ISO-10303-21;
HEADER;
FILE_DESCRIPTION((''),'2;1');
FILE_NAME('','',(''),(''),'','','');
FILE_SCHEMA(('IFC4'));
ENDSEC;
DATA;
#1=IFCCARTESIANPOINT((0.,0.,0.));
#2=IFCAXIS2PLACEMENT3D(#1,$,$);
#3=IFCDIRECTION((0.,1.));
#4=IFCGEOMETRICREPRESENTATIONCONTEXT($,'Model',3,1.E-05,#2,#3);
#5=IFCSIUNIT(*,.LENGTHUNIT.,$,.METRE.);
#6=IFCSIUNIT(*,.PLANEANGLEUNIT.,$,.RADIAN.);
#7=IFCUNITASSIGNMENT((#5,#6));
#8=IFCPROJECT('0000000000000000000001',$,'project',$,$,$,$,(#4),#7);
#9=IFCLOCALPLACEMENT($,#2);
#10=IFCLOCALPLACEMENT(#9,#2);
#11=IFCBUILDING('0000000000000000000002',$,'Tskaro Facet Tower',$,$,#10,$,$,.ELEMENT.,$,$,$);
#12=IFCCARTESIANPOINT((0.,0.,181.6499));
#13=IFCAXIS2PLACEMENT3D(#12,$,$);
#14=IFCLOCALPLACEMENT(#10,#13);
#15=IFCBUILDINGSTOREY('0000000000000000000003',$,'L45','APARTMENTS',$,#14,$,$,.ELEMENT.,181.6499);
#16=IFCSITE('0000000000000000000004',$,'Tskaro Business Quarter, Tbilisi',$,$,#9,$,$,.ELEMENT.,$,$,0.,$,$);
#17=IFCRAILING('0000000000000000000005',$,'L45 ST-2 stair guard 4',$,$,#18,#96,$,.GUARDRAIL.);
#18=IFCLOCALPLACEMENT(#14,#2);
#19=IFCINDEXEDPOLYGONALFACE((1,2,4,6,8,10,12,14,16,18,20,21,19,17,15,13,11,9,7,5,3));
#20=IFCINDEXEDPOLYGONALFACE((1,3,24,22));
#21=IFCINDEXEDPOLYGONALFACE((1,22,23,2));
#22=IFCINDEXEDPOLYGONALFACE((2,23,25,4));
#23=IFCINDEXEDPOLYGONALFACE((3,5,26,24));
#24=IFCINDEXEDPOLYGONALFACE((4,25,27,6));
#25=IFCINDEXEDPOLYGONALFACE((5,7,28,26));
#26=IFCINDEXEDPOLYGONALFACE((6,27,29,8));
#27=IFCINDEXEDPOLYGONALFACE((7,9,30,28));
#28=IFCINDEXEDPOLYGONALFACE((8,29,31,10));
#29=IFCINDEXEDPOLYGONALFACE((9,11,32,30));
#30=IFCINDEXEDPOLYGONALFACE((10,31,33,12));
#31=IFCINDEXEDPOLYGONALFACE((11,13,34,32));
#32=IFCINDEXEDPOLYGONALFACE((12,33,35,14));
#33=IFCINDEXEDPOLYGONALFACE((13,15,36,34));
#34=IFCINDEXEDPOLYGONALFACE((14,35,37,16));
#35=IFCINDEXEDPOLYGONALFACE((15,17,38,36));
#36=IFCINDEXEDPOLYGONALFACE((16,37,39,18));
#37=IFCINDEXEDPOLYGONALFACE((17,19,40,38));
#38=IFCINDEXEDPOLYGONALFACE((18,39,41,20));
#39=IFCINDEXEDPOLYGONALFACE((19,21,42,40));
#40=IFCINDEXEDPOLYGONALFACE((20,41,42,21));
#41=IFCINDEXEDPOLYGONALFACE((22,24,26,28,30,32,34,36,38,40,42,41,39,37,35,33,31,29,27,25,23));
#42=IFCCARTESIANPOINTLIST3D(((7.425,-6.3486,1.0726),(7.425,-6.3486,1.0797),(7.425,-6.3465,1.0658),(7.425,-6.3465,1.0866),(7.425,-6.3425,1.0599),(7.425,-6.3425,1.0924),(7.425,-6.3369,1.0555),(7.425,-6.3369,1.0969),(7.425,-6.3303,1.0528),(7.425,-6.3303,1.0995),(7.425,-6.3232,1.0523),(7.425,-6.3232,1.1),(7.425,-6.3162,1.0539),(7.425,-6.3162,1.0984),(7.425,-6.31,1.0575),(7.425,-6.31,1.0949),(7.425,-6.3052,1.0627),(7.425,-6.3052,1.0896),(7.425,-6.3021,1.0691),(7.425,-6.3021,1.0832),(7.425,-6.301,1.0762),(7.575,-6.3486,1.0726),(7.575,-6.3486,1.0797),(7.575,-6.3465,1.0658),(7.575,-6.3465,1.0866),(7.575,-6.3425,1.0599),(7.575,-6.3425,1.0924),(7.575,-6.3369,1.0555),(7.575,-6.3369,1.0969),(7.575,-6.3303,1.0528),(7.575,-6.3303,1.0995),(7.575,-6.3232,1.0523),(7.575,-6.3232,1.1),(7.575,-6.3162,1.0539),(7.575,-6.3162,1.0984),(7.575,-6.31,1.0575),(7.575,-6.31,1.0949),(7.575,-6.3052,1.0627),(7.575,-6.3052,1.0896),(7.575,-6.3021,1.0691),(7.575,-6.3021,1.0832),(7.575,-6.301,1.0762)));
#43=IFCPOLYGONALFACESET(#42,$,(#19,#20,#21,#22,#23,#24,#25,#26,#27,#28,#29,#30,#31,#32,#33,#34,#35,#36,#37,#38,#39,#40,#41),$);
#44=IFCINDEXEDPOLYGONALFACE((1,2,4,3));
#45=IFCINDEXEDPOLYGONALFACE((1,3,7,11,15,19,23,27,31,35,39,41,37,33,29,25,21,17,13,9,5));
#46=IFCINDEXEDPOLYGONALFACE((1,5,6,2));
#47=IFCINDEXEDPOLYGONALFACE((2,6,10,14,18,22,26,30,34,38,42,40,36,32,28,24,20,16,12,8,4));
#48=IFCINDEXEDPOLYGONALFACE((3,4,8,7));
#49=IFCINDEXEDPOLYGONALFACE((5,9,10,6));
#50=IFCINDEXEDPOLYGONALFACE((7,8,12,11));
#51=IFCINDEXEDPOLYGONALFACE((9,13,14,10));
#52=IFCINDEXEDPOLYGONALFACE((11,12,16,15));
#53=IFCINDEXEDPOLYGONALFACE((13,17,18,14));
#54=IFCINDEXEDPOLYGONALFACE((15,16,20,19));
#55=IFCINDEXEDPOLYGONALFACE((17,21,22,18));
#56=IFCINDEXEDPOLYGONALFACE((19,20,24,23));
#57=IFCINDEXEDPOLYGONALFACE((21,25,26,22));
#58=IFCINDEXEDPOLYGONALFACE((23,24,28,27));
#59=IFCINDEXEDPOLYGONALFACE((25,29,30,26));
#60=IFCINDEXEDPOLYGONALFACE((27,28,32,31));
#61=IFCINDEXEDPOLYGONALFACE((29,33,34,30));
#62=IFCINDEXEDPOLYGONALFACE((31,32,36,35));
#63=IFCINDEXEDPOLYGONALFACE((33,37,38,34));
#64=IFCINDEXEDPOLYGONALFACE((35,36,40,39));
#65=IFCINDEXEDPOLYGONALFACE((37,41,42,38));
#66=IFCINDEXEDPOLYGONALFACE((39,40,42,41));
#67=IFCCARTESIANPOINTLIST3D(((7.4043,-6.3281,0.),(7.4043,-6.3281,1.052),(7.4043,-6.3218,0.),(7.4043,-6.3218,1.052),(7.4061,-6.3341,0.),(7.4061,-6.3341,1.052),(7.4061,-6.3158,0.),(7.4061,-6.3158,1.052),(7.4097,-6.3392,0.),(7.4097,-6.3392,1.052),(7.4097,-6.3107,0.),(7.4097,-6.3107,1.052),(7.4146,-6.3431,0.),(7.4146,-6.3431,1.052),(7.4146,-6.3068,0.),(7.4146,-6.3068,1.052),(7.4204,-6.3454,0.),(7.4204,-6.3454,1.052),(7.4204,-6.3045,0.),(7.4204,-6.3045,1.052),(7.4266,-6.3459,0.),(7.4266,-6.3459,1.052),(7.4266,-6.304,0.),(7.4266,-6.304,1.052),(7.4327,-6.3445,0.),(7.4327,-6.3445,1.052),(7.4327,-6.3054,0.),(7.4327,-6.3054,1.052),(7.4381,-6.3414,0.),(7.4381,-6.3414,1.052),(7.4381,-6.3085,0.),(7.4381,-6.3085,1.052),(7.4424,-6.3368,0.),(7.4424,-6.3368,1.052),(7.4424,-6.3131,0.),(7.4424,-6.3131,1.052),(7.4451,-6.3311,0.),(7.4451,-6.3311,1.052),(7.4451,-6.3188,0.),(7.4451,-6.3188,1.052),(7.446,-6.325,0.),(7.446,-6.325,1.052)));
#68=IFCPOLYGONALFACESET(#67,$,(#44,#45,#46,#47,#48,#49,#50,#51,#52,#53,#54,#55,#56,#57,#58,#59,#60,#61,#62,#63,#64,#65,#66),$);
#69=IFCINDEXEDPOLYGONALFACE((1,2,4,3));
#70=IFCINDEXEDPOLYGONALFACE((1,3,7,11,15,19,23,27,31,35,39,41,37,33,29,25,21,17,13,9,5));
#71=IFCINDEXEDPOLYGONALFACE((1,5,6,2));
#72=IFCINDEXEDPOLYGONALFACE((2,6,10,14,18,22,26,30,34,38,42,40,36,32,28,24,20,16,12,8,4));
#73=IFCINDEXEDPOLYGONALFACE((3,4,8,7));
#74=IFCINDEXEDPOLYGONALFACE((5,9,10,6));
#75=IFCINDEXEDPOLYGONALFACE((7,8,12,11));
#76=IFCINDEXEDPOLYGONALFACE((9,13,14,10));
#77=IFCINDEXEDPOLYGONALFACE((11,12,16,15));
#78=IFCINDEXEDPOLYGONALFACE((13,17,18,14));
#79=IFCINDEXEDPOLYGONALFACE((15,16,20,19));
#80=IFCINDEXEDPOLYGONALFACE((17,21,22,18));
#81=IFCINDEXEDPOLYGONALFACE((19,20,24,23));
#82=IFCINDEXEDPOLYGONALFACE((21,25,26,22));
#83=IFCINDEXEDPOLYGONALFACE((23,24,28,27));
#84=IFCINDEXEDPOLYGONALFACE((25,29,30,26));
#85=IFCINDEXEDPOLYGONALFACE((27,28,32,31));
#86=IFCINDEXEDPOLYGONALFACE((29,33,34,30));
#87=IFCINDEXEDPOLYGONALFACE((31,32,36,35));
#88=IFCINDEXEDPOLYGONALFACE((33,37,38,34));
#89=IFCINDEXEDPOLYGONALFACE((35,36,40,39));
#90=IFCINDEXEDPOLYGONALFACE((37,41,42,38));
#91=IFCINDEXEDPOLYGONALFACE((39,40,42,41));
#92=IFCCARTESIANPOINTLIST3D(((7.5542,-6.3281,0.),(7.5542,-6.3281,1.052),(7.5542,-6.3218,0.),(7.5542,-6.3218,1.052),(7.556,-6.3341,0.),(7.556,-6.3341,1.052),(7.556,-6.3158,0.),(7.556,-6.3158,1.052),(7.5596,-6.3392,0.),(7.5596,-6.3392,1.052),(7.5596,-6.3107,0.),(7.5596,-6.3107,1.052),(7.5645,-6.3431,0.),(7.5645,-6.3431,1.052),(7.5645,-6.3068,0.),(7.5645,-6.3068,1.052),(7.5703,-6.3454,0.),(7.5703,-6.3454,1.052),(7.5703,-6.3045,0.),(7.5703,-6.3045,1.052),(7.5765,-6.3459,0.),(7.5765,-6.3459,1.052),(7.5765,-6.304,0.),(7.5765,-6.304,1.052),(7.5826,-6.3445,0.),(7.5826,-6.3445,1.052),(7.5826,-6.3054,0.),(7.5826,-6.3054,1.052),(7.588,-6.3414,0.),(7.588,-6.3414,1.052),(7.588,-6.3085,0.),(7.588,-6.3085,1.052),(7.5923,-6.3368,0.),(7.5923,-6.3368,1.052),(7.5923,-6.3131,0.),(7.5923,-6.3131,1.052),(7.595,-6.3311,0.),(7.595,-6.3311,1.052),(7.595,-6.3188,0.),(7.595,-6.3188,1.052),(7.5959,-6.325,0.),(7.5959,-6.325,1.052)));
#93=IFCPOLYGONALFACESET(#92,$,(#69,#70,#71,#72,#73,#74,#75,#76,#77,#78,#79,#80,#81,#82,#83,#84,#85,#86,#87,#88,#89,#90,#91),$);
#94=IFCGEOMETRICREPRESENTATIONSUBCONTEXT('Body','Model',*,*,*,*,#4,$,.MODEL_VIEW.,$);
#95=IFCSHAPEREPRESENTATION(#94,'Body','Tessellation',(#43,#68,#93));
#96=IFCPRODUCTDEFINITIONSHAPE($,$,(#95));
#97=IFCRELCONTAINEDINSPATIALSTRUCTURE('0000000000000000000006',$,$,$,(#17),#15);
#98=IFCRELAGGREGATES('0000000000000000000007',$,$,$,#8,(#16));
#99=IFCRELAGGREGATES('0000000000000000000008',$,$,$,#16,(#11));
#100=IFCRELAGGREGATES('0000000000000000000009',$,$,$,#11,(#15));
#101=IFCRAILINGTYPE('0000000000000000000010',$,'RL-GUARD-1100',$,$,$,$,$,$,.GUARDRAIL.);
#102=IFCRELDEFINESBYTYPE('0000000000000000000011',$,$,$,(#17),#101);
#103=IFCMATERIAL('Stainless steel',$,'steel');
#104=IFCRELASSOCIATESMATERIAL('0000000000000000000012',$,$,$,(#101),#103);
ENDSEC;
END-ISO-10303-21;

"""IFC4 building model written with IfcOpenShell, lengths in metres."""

from ifc_helpers import new_model, si_unit, direction, frame, origin, origin_2d, place, context, subcontext, project, spatial, circle, extrude, material, type_object, element, save


model = new_model("IFC4")

# Units and contexts
model_context = context("Model", 3, precision=1e-05, world=origin(), true_north=direction((0.0, 1.0)))
body_context = subcontext(model_context, "Body", "Model", "MODEL_VIEW")
ifc_project = project(units=[si_unit("LENGTHUNIT", "METRE"), si_unit("PLANEANGLEUNIT", "RADIAN")], contexts=[model_context])

# Site, building, storey
site_placement = place(None, origin())
site = spatial("IfcSite", under=ifc_project, at=site_placement, Name="Tskaro Business Quarter, Tbilisi", CompositionType="ELEMENT", RefElevation=0.0)
building_placement = place(site_placement, origin())
building = spatial("IfcBuilding", under=site, at=building_placement, Name="Tskaro Facet Tower", CompositionType="ELEMENT")
storey_placement = place(building_placement, frame((0.0, 0.0, 181.6499)))
storey = spatial("IfcBuildingStorey", under=building, at=storey_placement, Name="L45", Description="APARTMENTS", CompositionType="ELEMENT", Elevation=181.6499)

# Shared definitions
ifc_material_1 = material(Name="Stainless steel", Category="steel")

# Railing
railing_type_1 = type_object("IfcRailingType", Name="RL-GUARD-1100", PredefinedType="GUARDRAIL", material=ifc_material_1)
railing_1_placement = place(storey_placement, frame((7.425, -6.325, 0.0)))
element("IfcRailing", 1, at=railing_1_placement, inside=storey, type_object=railing_type_1, Name="L45 ST-2 stair guard 4", PredefinedType="GUARDRAIL", context=body_context, shape_type="SweptSolid", body=[
    extrude(circle(Radius=0.0239, at=origin_2d()), frame((0.0, 0.0, 1.0762), z_axis=(1.0, 0.0, 0.0), x_axis=(0.0, 1.0, 0.0)), (0.0, 0.0, 1.0), 0.1499),
    extrude(circle(Radius=0.021, at=origin_2d()), origin(), (0.0, 0.0, 1.0), 1.052),
    extrude(circle(Radius=0.021, at=origin_2d()), frame((0.1499, 0.0, 0.0)), (0.0, 0.0, 1.0), 1.052),
])

save(model, "model.ifc")
